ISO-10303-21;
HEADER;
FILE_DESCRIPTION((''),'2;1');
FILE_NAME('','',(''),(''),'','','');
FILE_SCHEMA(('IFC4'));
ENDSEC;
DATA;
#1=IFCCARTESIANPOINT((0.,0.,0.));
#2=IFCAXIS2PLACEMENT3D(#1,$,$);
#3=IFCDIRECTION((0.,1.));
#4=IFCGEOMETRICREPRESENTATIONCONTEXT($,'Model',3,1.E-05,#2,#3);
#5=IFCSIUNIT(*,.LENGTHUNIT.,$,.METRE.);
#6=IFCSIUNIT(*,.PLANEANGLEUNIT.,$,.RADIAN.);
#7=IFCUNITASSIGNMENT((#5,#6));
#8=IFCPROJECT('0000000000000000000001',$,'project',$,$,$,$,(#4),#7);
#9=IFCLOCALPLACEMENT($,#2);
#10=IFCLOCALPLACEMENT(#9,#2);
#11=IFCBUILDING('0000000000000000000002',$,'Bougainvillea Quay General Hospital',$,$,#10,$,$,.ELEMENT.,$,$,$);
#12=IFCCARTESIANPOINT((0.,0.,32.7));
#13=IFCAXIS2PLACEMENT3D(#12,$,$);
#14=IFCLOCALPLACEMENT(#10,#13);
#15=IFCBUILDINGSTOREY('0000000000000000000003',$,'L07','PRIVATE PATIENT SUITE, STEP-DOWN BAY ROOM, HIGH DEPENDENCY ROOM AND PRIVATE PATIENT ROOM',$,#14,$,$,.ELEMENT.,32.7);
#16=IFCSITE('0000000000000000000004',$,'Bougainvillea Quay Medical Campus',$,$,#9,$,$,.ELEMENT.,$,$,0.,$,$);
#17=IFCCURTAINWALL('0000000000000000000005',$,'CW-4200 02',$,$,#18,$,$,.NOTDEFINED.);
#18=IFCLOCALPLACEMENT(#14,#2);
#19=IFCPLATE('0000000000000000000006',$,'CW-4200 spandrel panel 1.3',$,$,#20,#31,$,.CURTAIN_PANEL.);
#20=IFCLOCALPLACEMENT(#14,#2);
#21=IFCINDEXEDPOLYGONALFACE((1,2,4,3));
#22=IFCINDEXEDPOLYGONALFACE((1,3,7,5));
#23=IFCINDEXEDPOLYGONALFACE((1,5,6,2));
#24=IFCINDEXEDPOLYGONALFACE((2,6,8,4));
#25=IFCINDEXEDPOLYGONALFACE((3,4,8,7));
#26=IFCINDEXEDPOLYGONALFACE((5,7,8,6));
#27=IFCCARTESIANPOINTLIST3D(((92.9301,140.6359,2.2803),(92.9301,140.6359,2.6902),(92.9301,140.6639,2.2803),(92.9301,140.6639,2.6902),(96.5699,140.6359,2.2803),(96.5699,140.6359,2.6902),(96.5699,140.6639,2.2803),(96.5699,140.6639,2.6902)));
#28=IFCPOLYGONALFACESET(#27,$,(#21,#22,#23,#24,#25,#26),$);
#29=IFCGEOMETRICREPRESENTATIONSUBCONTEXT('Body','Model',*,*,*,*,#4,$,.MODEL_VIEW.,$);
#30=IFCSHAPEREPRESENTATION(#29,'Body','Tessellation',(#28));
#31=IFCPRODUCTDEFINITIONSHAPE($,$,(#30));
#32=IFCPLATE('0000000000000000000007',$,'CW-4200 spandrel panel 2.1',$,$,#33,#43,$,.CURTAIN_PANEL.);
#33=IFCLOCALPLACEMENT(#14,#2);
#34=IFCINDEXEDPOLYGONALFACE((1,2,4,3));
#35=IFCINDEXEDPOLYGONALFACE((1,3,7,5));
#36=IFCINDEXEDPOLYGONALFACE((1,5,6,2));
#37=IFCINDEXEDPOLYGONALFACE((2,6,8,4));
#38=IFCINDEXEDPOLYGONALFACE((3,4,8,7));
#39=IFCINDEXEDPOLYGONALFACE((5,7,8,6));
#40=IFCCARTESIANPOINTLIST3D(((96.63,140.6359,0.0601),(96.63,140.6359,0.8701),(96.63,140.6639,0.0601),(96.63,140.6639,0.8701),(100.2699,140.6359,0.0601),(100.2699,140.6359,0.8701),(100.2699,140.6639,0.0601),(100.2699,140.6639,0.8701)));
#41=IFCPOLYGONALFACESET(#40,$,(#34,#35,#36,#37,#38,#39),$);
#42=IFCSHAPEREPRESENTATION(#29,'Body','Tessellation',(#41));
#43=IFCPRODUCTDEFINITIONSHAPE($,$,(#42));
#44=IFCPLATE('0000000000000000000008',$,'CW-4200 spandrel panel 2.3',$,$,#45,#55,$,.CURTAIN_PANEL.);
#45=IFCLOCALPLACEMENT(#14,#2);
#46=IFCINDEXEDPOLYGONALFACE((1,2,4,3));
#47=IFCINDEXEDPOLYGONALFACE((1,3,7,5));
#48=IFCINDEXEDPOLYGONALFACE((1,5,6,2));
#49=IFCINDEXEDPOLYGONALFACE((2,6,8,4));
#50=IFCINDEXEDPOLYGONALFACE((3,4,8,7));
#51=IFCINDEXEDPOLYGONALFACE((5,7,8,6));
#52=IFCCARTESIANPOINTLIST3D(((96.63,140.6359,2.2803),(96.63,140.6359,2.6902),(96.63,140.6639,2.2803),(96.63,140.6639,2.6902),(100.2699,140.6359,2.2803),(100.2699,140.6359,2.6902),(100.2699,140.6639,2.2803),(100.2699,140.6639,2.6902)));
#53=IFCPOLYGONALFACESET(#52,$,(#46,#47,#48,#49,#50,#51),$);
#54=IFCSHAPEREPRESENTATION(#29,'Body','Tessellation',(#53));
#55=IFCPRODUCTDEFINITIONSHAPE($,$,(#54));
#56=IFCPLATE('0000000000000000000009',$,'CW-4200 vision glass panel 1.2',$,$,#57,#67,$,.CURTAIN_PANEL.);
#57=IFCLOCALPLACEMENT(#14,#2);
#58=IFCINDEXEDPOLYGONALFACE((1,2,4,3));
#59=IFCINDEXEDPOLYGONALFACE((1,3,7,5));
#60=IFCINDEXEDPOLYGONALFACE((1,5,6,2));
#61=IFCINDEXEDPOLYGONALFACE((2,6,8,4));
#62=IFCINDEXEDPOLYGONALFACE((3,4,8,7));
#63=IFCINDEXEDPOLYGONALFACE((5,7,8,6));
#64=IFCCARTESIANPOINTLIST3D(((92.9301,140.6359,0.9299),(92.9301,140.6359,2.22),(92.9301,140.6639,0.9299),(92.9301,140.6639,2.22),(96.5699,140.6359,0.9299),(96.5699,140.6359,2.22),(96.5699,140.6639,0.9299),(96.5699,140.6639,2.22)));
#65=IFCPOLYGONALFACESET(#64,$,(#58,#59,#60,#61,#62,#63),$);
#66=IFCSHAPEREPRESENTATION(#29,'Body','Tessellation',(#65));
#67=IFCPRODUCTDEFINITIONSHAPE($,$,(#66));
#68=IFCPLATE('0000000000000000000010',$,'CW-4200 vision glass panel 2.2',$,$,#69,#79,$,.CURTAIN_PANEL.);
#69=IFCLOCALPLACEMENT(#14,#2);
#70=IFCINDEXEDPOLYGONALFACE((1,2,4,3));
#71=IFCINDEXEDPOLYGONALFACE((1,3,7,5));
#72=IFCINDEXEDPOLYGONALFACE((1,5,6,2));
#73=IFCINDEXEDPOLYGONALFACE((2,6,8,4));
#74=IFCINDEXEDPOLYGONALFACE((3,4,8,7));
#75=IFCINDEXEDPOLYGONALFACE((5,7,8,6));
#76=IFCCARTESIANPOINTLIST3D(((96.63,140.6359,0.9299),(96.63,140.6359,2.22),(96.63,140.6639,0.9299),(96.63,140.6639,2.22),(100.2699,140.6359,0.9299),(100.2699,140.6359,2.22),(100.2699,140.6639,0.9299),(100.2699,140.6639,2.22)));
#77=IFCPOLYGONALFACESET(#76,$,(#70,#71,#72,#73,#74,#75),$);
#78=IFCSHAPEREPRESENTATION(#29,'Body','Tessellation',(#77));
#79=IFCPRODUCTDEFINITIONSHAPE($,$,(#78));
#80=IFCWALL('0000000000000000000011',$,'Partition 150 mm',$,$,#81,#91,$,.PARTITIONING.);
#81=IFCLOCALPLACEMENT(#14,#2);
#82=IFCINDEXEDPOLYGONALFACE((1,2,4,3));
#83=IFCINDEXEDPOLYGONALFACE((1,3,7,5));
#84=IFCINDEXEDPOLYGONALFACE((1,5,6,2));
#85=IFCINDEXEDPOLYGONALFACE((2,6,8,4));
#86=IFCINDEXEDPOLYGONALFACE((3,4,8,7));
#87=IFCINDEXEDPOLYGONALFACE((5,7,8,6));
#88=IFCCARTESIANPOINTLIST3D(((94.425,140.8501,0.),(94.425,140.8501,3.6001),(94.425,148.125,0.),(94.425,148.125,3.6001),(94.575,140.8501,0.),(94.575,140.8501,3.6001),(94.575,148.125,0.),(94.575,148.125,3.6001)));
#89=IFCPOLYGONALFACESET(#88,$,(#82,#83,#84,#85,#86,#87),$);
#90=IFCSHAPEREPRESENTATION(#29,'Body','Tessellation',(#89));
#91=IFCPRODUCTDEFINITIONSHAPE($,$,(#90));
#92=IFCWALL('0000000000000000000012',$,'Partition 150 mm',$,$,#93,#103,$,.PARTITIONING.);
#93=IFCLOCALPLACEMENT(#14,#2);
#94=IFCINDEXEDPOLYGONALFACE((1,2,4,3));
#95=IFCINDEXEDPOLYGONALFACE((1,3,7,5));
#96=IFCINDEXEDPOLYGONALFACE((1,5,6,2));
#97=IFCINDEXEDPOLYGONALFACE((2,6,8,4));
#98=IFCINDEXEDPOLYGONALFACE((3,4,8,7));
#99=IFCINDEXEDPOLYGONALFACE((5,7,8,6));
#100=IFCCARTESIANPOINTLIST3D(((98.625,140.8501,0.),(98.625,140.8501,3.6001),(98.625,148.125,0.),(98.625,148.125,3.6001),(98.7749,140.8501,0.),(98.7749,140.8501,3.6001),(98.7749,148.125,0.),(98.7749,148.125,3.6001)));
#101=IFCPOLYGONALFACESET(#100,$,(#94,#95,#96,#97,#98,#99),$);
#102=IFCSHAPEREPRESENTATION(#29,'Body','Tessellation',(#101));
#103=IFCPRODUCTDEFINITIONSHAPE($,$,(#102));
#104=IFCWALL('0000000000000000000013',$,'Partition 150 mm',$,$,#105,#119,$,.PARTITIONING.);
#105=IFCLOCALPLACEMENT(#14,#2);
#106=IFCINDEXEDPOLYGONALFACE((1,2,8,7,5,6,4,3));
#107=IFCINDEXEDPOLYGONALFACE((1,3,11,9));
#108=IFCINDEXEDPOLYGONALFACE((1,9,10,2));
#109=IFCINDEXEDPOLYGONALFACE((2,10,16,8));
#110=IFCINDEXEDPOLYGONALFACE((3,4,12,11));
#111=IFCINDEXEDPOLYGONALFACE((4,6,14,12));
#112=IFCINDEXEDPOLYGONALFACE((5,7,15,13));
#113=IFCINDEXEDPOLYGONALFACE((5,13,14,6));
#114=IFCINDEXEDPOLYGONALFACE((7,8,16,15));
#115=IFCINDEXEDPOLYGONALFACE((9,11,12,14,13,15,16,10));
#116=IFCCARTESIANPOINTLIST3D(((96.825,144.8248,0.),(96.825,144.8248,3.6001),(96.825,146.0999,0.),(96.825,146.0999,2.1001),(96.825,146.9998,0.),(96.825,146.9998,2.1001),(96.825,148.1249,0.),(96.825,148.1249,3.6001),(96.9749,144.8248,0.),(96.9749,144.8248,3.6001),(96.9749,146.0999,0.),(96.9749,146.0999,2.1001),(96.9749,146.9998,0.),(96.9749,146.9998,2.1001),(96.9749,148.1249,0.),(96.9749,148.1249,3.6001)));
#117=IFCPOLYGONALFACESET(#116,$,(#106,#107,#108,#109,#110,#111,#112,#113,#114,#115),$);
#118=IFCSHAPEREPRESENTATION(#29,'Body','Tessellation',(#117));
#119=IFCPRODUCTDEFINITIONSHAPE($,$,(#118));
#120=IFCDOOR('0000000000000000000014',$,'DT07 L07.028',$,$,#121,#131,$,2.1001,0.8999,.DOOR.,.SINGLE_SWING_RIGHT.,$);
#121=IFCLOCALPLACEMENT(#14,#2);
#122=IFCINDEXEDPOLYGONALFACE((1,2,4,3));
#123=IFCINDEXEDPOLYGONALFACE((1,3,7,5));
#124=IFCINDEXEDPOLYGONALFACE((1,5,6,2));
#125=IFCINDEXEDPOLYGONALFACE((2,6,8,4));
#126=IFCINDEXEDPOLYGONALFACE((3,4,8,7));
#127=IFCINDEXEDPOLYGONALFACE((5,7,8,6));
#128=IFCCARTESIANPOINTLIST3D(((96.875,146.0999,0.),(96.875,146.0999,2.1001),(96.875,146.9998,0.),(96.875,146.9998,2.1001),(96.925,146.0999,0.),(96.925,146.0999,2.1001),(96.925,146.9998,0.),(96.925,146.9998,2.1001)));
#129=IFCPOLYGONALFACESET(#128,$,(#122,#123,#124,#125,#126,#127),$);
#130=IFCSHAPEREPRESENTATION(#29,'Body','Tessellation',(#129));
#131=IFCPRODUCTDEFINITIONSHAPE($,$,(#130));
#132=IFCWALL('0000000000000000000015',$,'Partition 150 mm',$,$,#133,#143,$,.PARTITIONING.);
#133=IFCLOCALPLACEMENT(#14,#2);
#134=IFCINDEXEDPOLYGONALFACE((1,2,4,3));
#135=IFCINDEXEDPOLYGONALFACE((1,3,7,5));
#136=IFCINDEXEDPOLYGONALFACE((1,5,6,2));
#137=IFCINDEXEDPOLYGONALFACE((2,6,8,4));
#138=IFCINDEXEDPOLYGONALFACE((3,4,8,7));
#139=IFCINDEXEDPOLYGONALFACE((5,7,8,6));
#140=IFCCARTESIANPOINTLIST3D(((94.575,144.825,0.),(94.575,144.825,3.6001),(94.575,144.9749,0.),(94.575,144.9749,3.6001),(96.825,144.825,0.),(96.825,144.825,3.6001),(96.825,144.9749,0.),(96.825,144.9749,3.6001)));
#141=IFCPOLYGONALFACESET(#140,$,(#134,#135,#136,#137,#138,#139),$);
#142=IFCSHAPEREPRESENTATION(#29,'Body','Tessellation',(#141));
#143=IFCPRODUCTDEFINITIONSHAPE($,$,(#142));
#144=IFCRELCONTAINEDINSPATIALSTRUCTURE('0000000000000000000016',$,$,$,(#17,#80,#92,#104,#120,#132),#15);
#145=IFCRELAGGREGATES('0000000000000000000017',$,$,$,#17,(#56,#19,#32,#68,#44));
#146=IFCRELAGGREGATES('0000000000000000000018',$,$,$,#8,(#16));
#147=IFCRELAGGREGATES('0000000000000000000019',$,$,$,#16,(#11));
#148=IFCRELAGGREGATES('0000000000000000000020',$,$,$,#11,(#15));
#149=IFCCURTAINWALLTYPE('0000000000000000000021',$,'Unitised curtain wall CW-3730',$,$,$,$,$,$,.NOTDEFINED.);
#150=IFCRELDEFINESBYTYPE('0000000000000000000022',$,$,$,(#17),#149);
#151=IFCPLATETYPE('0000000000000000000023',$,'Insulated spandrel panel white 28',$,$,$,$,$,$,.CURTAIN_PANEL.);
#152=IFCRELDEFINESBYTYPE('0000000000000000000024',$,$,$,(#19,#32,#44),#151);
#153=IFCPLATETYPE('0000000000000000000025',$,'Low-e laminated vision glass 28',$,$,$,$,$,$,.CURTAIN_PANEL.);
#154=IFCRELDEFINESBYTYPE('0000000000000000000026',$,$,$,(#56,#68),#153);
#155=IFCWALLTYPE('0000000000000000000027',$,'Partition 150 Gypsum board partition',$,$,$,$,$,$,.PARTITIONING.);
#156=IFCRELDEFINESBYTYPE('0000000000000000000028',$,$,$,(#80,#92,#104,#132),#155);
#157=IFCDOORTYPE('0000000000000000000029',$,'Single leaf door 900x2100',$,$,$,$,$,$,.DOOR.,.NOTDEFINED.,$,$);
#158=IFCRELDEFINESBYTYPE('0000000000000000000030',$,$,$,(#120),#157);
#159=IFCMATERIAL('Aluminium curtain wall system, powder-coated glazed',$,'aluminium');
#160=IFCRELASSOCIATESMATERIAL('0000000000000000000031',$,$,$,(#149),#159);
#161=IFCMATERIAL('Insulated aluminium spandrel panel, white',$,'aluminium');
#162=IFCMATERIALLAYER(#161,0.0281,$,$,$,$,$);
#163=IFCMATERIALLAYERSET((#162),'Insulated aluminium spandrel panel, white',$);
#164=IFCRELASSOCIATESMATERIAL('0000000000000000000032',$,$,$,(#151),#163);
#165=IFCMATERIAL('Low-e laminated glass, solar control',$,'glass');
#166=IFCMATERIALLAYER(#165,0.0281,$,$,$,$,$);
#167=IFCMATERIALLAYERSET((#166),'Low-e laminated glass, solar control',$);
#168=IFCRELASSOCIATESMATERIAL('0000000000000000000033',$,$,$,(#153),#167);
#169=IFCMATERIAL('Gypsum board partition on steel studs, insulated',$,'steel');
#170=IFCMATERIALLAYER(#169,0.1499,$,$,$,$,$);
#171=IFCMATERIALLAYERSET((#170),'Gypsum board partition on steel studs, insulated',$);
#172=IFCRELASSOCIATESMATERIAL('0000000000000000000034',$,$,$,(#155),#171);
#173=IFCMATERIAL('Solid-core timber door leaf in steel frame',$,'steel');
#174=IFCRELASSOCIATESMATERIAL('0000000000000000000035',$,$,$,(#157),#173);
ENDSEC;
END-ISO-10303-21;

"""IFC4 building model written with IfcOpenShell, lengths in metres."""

from ifc_helpers import new_model, si_unit, direction, frame, frame_2d, origin, origin_2d, place, context, subcontext, project, spatial, rectangle, extrude, material, layer, layer_set, type_object, element, fill, aggregate, save


model = new_model("IFC4")

# Units and contexts
model_context = context("Model", 3, precision=1e-05, world=origin(), true_north=direction((0.0, 1.0)))
body_context = subcontext(model_context, "Body", "Model", "MODEL_VIEW")
ifc_project = project(units=[si_unit("LENGTHUNIT", "METRE"), si_unit("PLANEANGLEUNIT", "RADIAN")], contexts=[model_context])

# Site, building, storey
site_placement = place(None, origin())
site = spatial("IfcSite", under=ifc_project, at=site_placement, Name="Bougainvillea Quay Medical Campus", CompositionType="ELEMENT", RefElevation=0.0)
building_placement = place(site_placement, origin())
building = spatial("IfcBuilding", under=site, at=building_placement, Name="Bougainvillea Quay General Hospital", CompositionType="ELEMENT")
storey_placement = place(building_placement, frame((0.0, 0.0, 32.7)))
storey = spatial("IfcBuildingStorey", under=building, at=storey_placement, Name="L07", Description="PRIVATE PATIENT SUITE, STEP-DOWN BAY ROOM, HIGH DEPENDENCY ROOM AND PRIVATE PATIENT ROOM", CompositionType="ELEMENT", Elevation=32.7)

# Shared definitions
ifc_material_1 = material(Name="Aluminium curtain wall system, powder-coated glazed", Category="aluminium")
curtain_wall_type = type_object("IfcCurtainWallType", Name="Unitised curtain wall CW-3730", PredefinedType="NOTDEFINED", material=ifc_material_1)

# Curtain wall
curtain_wall_1_placement = place(storey_placement, origin())
curtain_wall_1 = element("IfcCurtainWall", 1, at=curtain_wall_1_placement, inside=storey, type_object=curtain_wall_type, Name="CW-4200 02", PredefinedType="NOTDEFINED")

# Plates
ifc_material_2 = material(Name="Insulated aluminium spandrel panel, white", Category="aluminium")
ifc_layer_1 = layer(ifc_material_2, 0.0281)
ifc_layer_set_1 = layer_set([ifc_layer_1], Name="Insulated aluminium spandrel panel, white")
plate_type_1 = type_object("IfcPlateType", Name="Insulated spandrel panel white 28", PredefinedType="CURTAIN_PANEL", material=ifc_layer_set_1)
plate_1_placement = place(storey_placement, frame((94.75, 140.6499, 2.2803), z_axis=(0.0, 0.0, 1.0), x_axis=(1.0, 0.0, 0.0)))
plate_1 = element("IfcPlate", 2, at=plate_1_placement, type_object=plate_type_1, Name="CW-4200 spandrel panel 1.3", PredefinedType="CURTAIN_PANEL", context=body_context, shape_type="SweptSolid", body=[
    extrude(rectangle(XDim=3.6399, YDim=0.0281, at=origin_2d()), origin(), (0.0, 0.0, 1.0), 0.4099),
])
plate_2_placement = place(storey_placement, frame((98.45, 140.6499, 0.0601), z_axis=(0.0, 0.0, 1.0), x_axis=(1.0, 0.0, 0.0)))
plate_2 = element("IfcPlate", 3, at=plate_2_placement, type_object=plate_type_1, Name="CW-4200 spandrel panel 2.1", PredefinedType="CURTAIN_PANEL", context=body_context, shape_type="SweptSolid", body=[
    extrude(rectangle(XDim=3.6399, YDim=0.0281, at=origin_2d()), origin(), (0.0, 0.0, 1.0), 0.8101),
])
plate_3_placement = place(storey_placement, frame((98.45, 140.6499, 2.2803), z_axis=(0.0, 0.0, 1.0), x_axis=(1.0, 0.0, 0.0)))
plate_3 = element("IfcPlate", 4, at=plate_3_placement, type_object=plate_type_1, Name="CW-4200 spandrel panel 2.3", PredefinedType="CURTAIN_PANEL", context=body_context, shape_type="SweptSolid", body=[
    extrude(rectangle(XDim=3.6399, YDim=0.0281, at=origin_2d()), origin(), (0.0, 0.0, 1.0), 0.4099),
])
ifc_material_3 = material(Name="Low-e laminated glass, solar control", Category="glass")
ifc_layer_2 = layer(ifc_material_3, 0.0281)
ifc_layer_set_2 = layer_set([ifc_layer_2], Name="Low-e laminated glass, solar control")
plate_type_2 = type_object("IfcPlateType", Name="Low-e laminated vision glass 28", PredefinedType="CURTAIN_PANEL", material=ifc_layer_set_2)
plate_4_placement = place(storey_placement, frame((94.75, 140.6499, 0.9299), z_axis=(0.0, 0.0, 1.0), x_axis=(1.0, 0.0, 0.0)))
plate_4 = element("IfcPlate", 5, at=plate_4_placement, type_object=plate_type_2, Name="CW-4200 vision glass panel 1.2", PredefinedType="CURTAIN_PANEL", context=body_context, shape_type="SweptSolid", body=[
    extrude(rectangle(XDim=3.6399, YDim=0.0281, at=origin_2d()), origin(), (0.0, 0.0, 1.0), 1.29),
])
plate_5_placement = place(storey_placement, frame((98.45, 140.6499, 0.9299), z_axis=(0.0, 0.0, 1.0), x_axis=(1.0, 0.0, 0.0)))
plate_5 = element("IfcPlate", 6, at=plate_5_placement, type_object=plate_type_2, Name="CW-4200 vision glass panel 2.2", PredefinedType="CURTAIN_PANEL", context=body_context, shape_type="SweptSolid", body=[
    extrude(rectangle(XDim=3.6399, YDim=0.0281, at=origin_2d()), origin(), (0.0, 0.0, 1.0), 1.29),
])
aggregate(curtain_wall_1, [plate_4, plate_1, plate_2, plate_5, plate_3])

# Walls
ifc_material_4 = material(Name="Gypsum board partition on steel studs, insulated", Category="steel")
ifc_layer_3 = layer(ifc_material_4, 0.1499)
ifc_layer_set_3 = layer_set([ifc_layer_3], Name="Gypsum board partition on steel studs, insulated")
wall_type = type_object("IfcWallType", Name="Partition 150 Gypsum board partition", PredefinedType="PARTITIONING", material=ifc_layer_set_3)
for number, where, z_axis, x_axis, name in (
    (7, (94.5, 140.8501, 0.0), (0.0, 0.0, 1.0), (0.0, 1.0, 0.0), "Partition 150 mm"),
    (8, (98.7, 140.8501, 0.0), (0.0, 0.0, 1.0), (0.0, 1.0, 0.0), "Partition 150 mm"),
):
    element("IfcWall", number, at=place(storey_placement, frame(where, z_axis=z_axis, x_axis=x_axis)), inside=storey, type_object=wall_type, Name=name, PredefinedType="PARTITIONING", context=body_context, shape_type="SweptSolid", body=[
        extrude(rectangle(XDim=7.2749, YDim=0.1499, at=frame_2d((3.6375, 0.0))), origin(), (0.0, 0.0, 1.0), 3.6001),
    ])

# Wall, opening, door
wall_1_placement = place(storey_placement, frame((96.8999, 144.825, 0.0), z_axis=(0.0, 0.0, 1.0), x_axis=(0.0, 1.0, 0.0)))
wall_1 = element("IfcWall", 9, at=wall_1_placement, inside=storey, type_object=wall_type, Name="Partition 150 mm", PredefinedType="PARTITIONING", context=body_context, shape_type="SweptSolid", body=[
    extrude(rectangle(XDim=3.3, YDim=0.1499, at=frame_2d((1.6499, 0.0))), origin(), (0.0, 0.0, 1.0), 3.6001),
])
opening_placement = place(wall_1_placement, frame((1.2749, 0.0, 0.0)))
opening = element("IfcOpeningElement", 10, at=opening_placement, cuts=wall_1, PredefinedType="OPENING", context=body_context, shape_type="SweptSolid", body=[
    extrude(rectangle(XDim=0.8999, YDim=2.1001, at=frame_2d((0.45, 1.05))), frame((0.0, 0.085, 0.0), z_axis=(0.0, -1.0, 0.0), x_axis=(1.0, 0.0, 0.0)), (0.0, 0.0, 1.0), 0.1699),
])
ifc_material_5 = material(Name="Solid-core timber door leaf in steel frame", Category="steel")
door_type = type_object("IfcDoorType", Name="Single leaf door 900x2100", OperationType="NOTDEFINED", PredefinedType="DOOR", material=ifc_material_5)
door_placement = place(opening_placement, origin())
door = element("IfcDoor", 11, at=door_placement, inside=storey, type_object=door_type, Name="DT07 L07.028", OperationType="SINGLE_SWING_RIGHT", OverallHeight=2.1001, OverallWidth=0.8999, PredefinedType="DOOR", context=body_context, shape_type="SweptSolid", body=[
    extrude(rectangle(XDim=0.8999, YDim=2.1001, at=frame_2d((0.45, 1.05))), frame((0.0, 0.0249, 0.0), z_axis=(0.0, -1.0, 0.0), x_axis=(1.0, 0.0, 0.0)), (0.0, 0.0, 1.0), 0.05),
])
fill(opening, door)

# Wall
wall_2_placement = place(storey_placement, frame((94.575, 144.8999, 0.0), z_axis=(0.0, 0.0, 1.0), x_axis=(1.0, 0.0, 0.0)))
element("IfcWall", 12, at=wall_2_placement, inside=storey, type_object=wall_type, Name="Partition 150 mm", PredefinedType="PARTITIONING", context=body_context, shape_type="SweptSolid", body=[
    extrude(rectangle(XDim=2.25, YDim=0.1499, at=frame_2d((1.125, 0.0))), origin(), (0.0, 0.0, 1.0), 3.6001),
])

save(model, "model.ifc")
